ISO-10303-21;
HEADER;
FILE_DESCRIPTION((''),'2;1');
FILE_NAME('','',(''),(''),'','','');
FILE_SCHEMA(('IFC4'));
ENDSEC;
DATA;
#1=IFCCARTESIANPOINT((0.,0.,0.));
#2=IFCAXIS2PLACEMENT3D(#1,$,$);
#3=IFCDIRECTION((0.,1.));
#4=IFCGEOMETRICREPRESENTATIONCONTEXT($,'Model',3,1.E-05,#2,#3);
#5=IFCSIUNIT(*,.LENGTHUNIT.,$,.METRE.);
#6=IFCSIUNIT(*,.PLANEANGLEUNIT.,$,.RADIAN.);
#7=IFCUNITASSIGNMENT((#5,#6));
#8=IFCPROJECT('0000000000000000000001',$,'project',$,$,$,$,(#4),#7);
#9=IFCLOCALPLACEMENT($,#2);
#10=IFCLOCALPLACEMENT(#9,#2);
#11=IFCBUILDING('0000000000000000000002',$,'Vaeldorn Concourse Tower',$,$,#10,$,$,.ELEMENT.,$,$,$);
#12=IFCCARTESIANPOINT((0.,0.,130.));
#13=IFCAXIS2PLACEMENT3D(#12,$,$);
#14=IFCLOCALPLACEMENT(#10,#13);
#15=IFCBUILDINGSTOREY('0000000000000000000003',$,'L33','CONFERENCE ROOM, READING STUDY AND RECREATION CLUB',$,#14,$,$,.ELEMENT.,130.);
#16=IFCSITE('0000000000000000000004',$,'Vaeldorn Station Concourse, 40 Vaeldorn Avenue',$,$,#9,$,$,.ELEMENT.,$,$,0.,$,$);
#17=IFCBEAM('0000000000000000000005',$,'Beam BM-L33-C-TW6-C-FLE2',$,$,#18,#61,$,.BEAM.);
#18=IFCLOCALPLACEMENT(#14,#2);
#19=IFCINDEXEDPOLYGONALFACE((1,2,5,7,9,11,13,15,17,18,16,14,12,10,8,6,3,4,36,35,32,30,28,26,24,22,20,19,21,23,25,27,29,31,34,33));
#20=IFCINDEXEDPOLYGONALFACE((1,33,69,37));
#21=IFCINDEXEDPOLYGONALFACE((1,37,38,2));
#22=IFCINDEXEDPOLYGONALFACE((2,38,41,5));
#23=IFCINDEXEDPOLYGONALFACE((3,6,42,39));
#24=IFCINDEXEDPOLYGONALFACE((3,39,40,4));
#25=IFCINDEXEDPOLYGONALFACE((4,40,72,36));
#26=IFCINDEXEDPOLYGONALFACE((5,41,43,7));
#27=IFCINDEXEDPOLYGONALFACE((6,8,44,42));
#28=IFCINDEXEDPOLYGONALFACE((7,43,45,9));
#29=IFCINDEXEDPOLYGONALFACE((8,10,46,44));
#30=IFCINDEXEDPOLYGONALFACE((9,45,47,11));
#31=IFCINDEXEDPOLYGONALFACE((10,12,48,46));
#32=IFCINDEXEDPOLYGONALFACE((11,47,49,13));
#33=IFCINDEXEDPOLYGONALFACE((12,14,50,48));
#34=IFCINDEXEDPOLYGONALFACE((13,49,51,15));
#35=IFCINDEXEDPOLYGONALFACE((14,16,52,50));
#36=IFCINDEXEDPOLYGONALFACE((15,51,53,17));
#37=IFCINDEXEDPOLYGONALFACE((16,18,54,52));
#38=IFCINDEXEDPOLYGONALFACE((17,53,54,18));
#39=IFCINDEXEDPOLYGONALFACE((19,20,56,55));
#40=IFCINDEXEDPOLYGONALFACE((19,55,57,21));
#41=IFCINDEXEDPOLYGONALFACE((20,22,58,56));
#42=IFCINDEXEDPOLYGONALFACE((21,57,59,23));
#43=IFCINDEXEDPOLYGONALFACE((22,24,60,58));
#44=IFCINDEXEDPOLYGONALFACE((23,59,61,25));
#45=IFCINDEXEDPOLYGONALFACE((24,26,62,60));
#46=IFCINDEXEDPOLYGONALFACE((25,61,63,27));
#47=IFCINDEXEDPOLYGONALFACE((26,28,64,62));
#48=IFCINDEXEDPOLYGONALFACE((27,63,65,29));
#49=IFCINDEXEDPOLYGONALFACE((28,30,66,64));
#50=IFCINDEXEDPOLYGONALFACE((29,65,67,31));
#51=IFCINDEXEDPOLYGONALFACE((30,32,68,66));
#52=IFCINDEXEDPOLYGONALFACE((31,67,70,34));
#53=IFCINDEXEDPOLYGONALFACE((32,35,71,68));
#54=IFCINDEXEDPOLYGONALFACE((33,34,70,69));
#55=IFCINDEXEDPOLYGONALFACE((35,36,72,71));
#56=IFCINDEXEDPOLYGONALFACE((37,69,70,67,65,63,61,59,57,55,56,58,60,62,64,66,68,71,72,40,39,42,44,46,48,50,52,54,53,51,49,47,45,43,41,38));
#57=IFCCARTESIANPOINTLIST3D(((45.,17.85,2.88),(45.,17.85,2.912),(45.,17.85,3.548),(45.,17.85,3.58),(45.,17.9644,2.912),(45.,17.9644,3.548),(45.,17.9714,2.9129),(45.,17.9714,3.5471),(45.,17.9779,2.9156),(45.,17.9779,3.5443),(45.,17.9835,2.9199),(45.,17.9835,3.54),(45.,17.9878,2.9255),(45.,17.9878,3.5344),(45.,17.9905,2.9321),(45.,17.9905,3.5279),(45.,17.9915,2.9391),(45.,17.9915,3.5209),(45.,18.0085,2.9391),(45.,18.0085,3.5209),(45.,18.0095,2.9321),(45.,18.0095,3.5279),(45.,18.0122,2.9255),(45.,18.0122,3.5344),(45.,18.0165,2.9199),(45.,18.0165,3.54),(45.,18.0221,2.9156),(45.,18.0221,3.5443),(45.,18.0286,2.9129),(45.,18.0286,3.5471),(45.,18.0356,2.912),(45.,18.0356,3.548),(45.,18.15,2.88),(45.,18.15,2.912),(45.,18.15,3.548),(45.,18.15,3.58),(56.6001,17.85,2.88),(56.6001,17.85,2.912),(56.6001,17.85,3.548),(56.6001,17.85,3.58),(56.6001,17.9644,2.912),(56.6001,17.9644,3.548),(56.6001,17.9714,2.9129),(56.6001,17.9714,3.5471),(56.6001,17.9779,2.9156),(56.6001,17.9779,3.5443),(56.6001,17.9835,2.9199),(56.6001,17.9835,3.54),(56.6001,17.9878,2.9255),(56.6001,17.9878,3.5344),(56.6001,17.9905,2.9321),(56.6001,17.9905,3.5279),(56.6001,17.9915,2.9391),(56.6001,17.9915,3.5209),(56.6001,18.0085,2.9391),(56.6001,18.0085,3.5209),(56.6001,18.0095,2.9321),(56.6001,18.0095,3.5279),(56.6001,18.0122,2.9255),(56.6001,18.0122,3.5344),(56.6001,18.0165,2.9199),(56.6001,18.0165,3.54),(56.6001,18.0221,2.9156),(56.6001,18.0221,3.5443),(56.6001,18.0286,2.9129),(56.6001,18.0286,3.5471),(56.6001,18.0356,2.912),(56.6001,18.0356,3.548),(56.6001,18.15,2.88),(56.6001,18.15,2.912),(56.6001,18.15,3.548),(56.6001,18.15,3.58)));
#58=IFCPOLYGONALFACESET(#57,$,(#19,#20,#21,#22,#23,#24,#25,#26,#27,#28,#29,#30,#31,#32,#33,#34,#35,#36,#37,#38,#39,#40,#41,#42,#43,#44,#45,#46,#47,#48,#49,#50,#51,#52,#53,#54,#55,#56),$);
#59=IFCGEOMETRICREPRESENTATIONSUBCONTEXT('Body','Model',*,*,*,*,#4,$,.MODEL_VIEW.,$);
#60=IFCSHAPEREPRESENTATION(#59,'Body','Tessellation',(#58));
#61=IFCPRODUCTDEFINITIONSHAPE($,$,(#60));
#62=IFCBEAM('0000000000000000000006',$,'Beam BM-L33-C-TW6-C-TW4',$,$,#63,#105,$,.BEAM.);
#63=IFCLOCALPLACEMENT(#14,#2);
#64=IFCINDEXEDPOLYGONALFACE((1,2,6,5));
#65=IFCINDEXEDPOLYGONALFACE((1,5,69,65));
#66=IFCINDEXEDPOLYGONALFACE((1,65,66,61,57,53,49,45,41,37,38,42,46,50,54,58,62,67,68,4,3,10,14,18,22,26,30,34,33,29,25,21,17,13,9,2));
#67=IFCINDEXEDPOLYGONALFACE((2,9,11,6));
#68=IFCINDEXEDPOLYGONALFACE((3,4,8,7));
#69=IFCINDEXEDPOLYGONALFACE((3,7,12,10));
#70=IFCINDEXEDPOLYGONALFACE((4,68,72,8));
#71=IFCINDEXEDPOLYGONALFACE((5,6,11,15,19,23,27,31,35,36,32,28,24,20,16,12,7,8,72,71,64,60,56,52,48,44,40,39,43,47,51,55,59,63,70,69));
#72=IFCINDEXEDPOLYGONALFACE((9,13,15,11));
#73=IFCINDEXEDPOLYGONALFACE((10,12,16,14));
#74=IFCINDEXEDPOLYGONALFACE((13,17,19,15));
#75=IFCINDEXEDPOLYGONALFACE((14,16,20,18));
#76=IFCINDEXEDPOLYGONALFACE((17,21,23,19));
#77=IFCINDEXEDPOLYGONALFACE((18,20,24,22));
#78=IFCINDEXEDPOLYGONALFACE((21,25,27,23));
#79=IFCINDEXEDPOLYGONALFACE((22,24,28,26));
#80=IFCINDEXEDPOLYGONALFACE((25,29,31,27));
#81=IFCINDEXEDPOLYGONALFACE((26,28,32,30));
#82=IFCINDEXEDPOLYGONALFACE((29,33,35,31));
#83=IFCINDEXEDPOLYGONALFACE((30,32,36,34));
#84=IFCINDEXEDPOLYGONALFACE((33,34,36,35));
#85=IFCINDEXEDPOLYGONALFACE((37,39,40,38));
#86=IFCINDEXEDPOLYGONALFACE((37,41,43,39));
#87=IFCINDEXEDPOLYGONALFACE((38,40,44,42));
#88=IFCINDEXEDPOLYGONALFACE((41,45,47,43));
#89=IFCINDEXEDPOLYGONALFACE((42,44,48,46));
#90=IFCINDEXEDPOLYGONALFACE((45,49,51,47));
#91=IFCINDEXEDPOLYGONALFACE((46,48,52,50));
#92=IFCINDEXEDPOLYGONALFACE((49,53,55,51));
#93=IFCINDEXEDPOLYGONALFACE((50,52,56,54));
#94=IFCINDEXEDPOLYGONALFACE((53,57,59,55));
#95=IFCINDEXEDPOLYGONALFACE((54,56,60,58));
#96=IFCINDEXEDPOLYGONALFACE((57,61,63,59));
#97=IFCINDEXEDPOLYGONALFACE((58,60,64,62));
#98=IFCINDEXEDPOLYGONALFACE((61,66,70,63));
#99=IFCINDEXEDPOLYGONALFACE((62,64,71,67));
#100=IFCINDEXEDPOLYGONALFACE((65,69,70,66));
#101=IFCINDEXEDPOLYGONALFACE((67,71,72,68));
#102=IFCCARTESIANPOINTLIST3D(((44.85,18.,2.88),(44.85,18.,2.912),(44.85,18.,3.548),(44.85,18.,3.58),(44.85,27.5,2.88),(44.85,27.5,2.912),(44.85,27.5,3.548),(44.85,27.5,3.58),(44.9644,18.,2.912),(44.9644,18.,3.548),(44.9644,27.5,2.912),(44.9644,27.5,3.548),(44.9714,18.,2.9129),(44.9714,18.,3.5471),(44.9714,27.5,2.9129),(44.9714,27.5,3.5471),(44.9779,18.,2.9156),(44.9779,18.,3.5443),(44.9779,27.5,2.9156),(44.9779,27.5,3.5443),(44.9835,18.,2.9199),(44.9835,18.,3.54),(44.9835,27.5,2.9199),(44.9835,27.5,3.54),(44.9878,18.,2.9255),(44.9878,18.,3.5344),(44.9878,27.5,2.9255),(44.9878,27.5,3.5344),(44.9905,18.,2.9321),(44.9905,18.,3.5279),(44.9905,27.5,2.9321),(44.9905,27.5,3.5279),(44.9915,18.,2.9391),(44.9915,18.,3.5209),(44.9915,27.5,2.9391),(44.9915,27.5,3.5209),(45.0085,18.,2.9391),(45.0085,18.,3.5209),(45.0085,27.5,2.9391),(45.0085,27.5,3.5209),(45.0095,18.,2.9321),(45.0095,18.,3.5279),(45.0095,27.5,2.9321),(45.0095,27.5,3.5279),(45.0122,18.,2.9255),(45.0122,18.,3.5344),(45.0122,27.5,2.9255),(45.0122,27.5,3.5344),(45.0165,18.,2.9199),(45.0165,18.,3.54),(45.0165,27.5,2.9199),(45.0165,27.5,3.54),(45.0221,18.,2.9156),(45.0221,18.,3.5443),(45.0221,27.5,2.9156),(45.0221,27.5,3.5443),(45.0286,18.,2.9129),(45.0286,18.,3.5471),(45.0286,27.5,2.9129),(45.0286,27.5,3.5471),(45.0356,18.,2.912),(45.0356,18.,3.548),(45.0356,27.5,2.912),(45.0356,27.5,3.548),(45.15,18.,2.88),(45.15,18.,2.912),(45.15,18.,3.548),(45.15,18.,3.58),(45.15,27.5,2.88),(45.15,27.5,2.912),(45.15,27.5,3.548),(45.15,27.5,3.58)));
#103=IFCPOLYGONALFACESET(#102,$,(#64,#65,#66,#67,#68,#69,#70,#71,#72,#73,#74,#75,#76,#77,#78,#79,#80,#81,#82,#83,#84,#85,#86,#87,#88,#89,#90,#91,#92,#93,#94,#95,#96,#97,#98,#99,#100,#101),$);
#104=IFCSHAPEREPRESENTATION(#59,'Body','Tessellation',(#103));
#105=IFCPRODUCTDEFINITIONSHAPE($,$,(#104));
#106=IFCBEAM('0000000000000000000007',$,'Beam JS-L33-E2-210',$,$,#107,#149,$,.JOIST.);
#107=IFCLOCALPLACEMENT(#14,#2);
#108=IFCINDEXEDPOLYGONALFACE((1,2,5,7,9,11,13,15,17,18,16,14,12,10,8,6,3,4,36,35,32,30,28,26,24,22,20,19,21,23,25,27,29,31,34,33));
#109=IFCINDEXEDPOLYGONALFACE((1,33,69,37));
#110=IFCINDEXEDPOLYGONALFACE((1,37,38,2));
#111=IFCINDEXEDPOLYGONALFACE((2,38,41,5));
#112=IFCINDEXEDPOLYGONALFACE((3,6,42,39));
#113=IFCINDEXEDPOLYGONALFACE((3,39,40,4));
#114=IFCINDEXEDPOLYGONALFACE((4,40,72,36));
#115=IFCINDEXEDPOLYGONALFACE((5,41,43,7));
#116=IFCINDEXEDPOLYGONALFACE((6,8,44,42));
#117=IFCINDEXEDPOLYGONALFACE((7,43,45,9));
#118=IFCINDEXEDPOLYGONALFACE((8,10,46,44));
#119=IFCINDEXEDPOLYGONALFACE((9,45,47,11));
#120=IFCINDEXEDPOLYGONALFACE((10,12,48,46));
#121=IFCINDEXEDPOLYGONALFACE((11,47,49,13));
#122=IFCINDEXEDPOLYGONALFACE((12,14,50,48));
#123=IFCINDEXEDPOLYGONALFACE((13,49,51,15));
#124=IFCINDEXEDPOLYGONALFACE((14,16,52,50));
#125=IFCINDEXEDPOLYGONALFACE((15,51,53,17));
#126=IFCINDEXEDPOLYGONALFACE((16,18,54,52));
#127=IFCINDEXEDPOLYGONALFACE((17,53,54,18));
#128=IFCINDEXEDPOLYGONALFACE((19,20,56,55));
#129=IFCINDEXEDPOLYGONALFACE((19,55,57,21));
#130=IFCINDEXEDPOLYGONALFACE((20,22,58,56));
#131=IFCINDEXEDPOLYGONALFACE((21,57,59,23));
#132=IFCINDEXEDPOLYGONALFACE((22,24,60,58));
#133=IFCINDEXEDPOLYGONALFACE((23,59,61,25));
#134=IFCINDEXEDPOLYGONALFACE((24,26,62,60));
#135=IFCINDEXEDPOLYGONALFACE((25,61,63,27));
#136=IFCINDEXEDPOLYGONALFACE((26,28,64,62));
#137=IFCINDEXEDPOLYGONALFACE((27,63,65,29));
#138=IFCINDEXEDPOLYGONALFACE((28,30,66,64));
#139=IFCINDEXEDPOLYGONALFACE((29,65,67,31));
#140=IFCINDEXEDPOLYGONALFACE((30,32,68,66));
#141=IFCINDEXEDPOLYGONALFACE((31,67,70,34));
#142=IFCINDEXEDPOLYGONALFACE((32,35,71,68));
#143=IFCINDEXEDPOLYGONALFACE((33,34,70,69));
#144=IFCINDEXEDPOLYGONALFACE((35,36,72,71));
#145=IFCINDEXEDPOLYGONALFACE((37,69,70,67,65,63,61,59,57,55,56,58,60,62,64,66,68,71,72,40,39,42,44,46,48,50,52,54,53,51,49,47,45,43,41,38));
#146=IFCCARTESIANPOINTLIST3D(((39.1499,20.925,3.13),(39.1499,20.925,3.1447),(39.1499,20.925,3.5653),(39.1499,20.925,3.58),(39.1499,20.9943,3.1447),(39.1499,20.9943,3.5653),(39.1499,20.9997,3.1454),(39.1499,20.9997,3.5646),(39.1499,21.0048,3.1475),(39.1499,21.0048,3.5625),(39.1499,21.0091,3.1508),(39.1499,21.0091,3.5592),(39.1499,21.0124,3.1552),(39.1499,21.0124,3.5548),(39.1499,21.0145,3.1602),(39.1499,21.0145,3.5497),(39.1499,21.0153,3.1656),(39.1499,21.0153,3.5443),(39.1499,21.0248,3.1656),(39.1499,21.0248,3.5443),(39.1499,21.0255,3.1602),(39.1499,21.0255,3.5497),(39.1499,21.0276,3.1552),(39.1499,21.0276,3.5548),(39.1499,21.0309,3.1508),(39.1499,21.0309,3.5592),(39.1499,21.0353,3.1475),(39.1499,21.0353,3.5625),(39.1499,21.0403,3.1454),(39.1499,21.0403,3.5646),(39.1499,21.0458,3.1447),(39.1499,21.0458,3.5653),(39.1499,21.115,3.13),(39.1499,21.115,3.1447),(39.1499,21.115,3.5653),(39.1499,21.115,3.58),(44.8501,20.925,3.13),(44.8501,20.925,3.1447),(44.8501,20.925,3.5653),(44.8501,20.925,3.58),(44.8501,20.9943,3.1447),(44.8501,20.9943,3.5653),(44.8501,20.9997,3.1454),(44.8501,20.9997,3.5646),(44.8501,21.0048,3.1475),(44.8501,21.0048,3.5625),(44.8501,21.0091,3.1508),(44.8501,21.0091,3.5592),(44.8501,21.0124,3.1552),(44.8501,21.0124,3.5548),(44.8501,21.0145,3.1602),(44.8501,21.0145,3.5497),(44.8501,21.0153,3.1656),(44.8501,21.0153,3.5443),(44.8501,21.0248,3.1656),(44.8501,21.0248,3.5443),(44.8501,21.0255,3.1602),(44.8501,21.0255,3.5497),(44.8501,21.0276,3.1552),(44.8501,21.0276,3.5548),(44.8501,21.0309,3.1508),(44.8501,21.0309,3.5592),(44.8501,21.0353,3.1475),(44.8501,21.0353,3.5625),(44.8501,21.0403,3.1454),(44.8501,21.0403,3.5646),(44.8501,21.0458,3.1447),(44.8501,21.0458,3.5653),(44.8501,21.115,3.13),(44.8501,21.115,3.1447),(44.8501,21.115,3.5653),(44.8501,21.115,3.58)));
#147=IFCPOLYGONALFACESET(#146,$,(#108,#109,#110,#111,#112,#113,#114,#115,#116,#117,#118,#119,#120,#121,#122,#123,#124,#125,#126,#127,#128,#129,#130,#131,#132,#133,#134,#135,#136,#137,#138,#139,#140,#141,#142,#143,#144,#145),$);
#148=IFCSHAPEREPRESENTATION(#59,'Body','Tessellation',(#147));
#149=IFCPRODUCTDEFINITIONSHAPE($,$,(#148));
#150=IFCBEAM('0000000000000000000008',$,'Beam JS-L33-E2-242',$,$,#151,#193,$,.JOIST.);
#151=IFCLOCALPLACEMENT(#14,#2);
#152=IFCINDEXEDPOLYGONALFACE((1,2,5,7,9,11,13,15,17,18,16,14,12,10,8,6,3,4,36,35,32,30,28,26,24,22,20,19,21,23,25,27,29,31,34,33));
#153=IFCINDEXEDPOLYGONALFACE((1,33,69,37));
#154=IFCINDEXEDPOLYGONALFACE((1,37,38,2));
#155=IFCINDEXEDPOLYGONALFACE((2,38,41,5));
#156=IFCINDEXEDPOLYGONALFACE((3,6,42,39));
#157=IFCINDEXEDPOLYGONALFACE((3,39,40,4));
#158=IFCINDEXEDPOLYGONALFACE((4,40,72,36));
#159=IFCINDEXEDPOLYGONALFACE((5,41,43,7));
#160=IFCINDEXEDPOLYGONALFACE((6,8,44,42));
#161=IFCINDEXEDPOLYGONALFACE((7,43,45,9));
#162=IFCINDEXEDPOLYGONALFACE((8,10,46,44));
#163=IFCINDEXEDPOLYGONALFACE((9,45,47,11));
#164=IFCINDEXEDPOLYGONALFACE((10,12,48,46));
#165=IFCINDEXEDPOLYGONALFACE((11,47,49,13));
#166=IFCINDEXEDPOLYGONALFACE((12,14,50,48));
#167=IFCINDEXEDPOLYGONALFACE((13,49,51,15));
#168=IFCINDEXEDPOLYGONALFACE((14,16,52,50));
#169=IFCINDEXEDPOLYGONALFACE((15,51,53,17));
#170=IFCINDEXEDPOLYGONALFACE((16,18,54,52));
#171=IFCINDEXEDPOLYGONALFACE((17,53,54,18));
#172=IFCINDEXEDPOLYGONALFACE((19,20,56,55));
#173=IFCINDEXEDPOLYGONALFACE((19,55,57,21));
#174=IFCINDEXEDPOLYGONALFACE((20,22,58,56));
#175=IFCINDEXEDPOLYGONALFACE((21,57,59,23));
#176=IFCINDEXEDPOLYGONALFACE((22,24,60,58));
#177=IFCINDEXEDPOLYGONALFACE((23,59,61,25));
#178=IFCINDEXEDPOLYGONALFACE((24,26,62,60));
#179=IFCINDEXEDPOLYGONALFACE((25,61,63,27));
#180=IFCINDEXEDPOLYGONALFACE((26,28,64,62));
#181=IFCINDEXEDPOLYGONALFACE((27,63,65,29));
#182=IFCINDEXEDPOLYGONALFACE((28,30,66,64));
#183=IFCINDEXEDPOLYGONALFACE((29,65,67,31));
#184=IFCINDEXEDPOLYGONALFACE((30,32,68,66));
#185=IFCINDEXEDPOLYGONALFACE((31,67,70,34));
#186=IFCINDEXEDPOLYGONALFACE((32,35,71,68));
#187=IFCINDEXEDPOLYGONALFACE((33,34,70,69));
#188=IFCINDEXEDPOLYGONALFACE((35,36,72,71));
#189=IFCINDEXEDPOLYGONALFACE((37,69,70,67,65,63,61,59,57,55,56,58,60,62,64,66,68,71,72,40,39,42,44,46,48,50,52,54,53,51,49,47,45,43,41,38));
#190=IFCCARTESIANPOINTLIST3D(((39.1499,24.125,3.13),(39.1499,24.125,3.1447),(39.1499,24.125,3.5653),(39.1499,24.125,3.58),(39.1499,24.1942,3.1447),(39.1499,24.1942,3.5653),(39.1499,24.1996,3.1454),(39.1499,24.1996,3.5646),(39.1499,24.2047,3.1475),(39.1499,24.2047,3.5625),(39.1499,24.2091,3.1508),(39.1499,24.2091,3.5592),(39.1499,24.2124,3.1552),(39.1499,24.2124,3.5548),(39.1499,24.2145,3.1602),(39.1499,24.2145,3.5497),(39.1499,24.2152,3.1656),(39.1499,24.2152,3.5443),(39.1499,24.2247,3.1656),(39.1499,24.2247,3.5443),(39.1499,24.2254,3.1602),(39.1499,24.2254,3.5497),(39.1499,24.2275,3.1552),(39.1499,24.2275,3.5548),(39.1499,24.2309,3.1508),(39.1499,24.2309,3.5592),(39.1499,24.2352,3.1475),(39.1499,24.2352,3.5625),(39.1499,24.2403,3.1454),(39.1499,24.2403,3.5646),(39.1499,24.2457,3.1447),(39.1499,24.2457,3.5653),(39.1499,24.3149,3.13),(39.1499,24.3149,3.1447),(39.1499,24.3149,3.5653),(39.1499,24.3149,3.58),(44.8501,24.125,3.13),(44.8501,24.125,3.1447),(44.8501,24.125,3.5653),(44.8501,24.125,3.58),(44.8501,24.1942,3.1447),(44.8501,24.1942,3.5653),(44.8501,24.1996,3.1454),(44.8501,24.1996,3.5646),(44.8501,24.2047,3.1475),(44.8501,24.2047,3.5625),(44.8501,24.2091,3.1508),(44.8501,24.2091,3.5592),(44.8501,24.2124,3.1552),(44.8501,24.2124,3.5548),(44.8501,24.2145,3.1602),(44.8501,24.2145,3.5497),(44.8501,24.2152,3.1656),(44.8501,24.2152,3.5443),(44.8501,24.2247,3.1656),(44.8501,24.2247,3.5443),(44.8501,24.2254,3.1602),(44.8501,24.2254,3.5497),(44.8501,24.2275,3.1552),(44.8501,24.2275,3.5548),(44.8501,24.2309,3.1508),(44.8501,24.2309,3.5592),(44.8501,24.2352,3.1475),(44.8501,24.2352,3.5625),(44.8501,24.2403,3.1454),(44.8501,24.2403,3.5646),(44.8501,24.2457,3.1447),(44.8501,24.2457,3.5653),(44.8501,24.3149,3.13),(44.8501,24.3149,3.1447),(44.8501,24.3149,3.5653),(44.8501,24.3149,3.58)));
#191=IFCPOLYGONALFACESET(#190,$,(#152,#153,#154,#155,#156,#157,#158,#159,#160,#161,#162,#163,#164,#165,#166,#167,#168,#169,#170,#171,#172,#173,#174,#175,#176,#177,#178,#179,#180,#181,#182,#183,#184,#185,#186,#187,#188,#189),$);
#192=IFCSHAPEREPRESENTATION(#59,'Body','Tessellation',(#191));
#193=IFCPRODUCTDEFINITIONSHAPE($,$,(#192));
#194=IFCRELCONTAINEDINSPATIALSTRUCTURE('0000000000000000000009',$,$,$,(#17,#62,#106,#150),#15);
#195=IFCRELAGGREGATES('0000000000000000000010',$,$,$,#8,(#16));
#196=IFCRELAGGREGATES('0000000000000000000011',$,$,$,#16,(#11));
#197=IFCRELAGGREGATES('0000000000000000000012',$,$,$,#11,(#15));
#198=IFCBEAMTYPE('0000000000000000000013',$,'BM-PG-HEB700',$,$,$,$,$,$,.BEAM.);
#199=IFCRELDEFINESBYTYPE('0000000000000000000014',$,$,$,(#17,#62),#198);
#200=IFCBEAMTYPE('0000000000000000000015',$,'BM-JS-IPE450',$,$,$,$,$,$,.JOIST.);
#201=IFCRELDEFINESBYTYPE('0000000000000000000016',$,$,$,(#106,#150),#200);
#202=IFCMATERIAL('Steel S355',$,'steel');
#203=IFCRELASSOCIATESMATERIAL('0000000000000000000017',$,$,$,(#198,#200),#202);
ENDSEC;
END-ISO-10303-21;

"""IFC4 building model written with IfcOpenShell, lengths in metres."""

from ifc_helpers import new_model, si_unit, direction, frame, origin, origin_2d, place, context, subcontext, project, spatial, i_section, extrude, source, transform, mapped, material, material_profile, profile_set, type_object, element, save


model = new_model("IFC4")

# Units and contexts
model_context = context("Model", 3, precision=1e-05, world=origin(), true_north=direction((0.0, 1.0)))
body_context = subcontext(model_context, "Body", "Model", "MODEL_VIEW")
ifc_project = project(units=[si_unit("LENGTHUNIT", "METRE"), si_unit("PLANEANGLEUNIT", "RADIAN")], contexts=[model_context])

# Site, building, storey
site_placement = place(None, origin())
site = spatial("IfcSite", under=ifc_project, at=site_placement, Name="Vaeldorn Station Concourse, 40 Vaeldorn Avenue", CompositionType="ELEMENT", RefElevation=0.0)
building_placement = place(site_placement, origin())
building = spatial("IfcBuilding", under=site, at=building_placement, Name="Vaeldorn Concourse Tower", CompositionType="ELEMENT")
storey_placement = place(building_placement, frame((0.0, 0.0, 130.0)))
storey = spatial("IfcBuildingStorey", under=building, at=storey_placement, Name="L33", Description="CONFERENCE ROOM, READING STUDY AND RECREATION CLUB", CompositionType="ELEMENT", Elevation=130.0)

# Beams
ifc_material_1 = material(Name="Steel S355", Category="steel")
ifc_material_profile_1 = material_profile(ifc_material_1, i_section(OverallWidth=0.3, OverallDepth=0.7, WebThickness=0.0171, FlangeThickness=0.032, FilletRadius=0.0271, at=origin_2d()), Name="HEB 700")
ifc_profile_set_1 = profile_set([ifc_material_profile_1], Name="Steel S355")
beam_type_1 = type_object("IfcBeamType", Name="BM-PG-HEB700", PredefinedType="BEAM", material=ifc_profile_set_1)
shared_shape_1 = source(origin(), body_context, "Body", "SweptSolid", [
    extrude(i_section(OverallWidth=0.3, OverallDepth=0.7, WebThickness=0.0171, FlangeThickness=0.032, FilletRadius=0.0271, at=origin_2d()), origin(), (0.0, 0.0, 1.0), 11.6001),
])
beam_1_placement = place(storey_placement, frame((45.0, 18.0, 3.23), z_axis=(1.0, 0.0, 0.0), x_axis=(0.0, 1.0, 0.0)))
element("IfcBeam", 1, at=beam_1_placement, inside=storey, type_object=beam_type_1, Name="Beam BM-L33-C-TW6-C-FLE2", PredefinedType="BEAM", context=body_context, shape_type="MappedRepresentation", body=[
    mapped(shared_shape_1, transform((0.0, 0.0, 0.0), scale=1.0)),
])
shared_shape_2 = source(origin(), body_context, "Body", "SweptSolid", [
    extrude(i_section(OverallWidth=0.3, OverallDepth=0.7, WebThickness=0.0171, FlangeThickness=0.032, FilletRadius=0.0271, at=origin_2d()), origin(), (0.0, 0.0, 1.0), 9.5),
])
beam_2_placement = place(storey_placement, frame((45.0, 18.0, 3.23), z_axis=(0.0, 1.0, 0.0), x_axis=(-1.0, 0.0, 0.0)))
element("IfcBeam", 2, at=beam_2_placement, inside=storey, type_object=beam_type_1, Name="Beam BM-L33-C-TW6-C-TW4", PredefinedType="BEAM", context=body_context, shape_type="MappedRepresentation", body=[
    mapped(shared_shape_2, transform((0.0, 0.0, 0.0), scale=1.0)),
])
ifc_material_profile_2 = material_profile(ifc_material_1, i_section(OverallWidth=0.1899, OverallDepth=0.45, WebThickness=0.0095, FlangeThickness=0.0146, FilletRadius=0.021, at=origin_2d()), Name="IPE 450")
ifc_profile_set_2 = profile_set([ifc_material_profile_2], Name="Steel S355")
beam_type_2 = type_object("IfcBeamType", Name="BM-JS-IPE450", PredefinedType="JOIST", material=ifc_profile_set_2)
shared_shape_3 = source(origin(), body_context, "Body", "SweptSolid", [
    extrude(i_section(OverallWidth=0.1899, OverallDepth=0.45, WebThickness=0.0095, FlangeThickness=0.0146, FilletRadius=0.021, at=origin_2d()), origin(), (0.0, 0.0, 1.0), 5.7002),
])
for number, where, z_axis, x_axis, name in (
    (3, (39.1499, 21.02, 3.355), (1.0, 0.0, 0.0), (0.0, 1.0, 0.0), "Beam JS-L33-E2-210"),
    (4, (39.1499, 24.22, 3.355), (1.0, 0.0, 0.0), (0.0, 1.0, 0.0), "Beam JS-L33-E2-242"),
):
    element("IfcBeam", number, at=place(storey_placement, frame(where, z_axis=z_axis, x_axis=x_axis)), inside=storey, type_object=beam_type_2, Name=name, PredefinedType="JOIST", context=body_context, shape_type="MappedRepresentation", body=[
        mapped(shared_shape_3, transform((0.0, 0.0, 0.0), scale=1.0)),
    ])

save(model, "model.ifc")
